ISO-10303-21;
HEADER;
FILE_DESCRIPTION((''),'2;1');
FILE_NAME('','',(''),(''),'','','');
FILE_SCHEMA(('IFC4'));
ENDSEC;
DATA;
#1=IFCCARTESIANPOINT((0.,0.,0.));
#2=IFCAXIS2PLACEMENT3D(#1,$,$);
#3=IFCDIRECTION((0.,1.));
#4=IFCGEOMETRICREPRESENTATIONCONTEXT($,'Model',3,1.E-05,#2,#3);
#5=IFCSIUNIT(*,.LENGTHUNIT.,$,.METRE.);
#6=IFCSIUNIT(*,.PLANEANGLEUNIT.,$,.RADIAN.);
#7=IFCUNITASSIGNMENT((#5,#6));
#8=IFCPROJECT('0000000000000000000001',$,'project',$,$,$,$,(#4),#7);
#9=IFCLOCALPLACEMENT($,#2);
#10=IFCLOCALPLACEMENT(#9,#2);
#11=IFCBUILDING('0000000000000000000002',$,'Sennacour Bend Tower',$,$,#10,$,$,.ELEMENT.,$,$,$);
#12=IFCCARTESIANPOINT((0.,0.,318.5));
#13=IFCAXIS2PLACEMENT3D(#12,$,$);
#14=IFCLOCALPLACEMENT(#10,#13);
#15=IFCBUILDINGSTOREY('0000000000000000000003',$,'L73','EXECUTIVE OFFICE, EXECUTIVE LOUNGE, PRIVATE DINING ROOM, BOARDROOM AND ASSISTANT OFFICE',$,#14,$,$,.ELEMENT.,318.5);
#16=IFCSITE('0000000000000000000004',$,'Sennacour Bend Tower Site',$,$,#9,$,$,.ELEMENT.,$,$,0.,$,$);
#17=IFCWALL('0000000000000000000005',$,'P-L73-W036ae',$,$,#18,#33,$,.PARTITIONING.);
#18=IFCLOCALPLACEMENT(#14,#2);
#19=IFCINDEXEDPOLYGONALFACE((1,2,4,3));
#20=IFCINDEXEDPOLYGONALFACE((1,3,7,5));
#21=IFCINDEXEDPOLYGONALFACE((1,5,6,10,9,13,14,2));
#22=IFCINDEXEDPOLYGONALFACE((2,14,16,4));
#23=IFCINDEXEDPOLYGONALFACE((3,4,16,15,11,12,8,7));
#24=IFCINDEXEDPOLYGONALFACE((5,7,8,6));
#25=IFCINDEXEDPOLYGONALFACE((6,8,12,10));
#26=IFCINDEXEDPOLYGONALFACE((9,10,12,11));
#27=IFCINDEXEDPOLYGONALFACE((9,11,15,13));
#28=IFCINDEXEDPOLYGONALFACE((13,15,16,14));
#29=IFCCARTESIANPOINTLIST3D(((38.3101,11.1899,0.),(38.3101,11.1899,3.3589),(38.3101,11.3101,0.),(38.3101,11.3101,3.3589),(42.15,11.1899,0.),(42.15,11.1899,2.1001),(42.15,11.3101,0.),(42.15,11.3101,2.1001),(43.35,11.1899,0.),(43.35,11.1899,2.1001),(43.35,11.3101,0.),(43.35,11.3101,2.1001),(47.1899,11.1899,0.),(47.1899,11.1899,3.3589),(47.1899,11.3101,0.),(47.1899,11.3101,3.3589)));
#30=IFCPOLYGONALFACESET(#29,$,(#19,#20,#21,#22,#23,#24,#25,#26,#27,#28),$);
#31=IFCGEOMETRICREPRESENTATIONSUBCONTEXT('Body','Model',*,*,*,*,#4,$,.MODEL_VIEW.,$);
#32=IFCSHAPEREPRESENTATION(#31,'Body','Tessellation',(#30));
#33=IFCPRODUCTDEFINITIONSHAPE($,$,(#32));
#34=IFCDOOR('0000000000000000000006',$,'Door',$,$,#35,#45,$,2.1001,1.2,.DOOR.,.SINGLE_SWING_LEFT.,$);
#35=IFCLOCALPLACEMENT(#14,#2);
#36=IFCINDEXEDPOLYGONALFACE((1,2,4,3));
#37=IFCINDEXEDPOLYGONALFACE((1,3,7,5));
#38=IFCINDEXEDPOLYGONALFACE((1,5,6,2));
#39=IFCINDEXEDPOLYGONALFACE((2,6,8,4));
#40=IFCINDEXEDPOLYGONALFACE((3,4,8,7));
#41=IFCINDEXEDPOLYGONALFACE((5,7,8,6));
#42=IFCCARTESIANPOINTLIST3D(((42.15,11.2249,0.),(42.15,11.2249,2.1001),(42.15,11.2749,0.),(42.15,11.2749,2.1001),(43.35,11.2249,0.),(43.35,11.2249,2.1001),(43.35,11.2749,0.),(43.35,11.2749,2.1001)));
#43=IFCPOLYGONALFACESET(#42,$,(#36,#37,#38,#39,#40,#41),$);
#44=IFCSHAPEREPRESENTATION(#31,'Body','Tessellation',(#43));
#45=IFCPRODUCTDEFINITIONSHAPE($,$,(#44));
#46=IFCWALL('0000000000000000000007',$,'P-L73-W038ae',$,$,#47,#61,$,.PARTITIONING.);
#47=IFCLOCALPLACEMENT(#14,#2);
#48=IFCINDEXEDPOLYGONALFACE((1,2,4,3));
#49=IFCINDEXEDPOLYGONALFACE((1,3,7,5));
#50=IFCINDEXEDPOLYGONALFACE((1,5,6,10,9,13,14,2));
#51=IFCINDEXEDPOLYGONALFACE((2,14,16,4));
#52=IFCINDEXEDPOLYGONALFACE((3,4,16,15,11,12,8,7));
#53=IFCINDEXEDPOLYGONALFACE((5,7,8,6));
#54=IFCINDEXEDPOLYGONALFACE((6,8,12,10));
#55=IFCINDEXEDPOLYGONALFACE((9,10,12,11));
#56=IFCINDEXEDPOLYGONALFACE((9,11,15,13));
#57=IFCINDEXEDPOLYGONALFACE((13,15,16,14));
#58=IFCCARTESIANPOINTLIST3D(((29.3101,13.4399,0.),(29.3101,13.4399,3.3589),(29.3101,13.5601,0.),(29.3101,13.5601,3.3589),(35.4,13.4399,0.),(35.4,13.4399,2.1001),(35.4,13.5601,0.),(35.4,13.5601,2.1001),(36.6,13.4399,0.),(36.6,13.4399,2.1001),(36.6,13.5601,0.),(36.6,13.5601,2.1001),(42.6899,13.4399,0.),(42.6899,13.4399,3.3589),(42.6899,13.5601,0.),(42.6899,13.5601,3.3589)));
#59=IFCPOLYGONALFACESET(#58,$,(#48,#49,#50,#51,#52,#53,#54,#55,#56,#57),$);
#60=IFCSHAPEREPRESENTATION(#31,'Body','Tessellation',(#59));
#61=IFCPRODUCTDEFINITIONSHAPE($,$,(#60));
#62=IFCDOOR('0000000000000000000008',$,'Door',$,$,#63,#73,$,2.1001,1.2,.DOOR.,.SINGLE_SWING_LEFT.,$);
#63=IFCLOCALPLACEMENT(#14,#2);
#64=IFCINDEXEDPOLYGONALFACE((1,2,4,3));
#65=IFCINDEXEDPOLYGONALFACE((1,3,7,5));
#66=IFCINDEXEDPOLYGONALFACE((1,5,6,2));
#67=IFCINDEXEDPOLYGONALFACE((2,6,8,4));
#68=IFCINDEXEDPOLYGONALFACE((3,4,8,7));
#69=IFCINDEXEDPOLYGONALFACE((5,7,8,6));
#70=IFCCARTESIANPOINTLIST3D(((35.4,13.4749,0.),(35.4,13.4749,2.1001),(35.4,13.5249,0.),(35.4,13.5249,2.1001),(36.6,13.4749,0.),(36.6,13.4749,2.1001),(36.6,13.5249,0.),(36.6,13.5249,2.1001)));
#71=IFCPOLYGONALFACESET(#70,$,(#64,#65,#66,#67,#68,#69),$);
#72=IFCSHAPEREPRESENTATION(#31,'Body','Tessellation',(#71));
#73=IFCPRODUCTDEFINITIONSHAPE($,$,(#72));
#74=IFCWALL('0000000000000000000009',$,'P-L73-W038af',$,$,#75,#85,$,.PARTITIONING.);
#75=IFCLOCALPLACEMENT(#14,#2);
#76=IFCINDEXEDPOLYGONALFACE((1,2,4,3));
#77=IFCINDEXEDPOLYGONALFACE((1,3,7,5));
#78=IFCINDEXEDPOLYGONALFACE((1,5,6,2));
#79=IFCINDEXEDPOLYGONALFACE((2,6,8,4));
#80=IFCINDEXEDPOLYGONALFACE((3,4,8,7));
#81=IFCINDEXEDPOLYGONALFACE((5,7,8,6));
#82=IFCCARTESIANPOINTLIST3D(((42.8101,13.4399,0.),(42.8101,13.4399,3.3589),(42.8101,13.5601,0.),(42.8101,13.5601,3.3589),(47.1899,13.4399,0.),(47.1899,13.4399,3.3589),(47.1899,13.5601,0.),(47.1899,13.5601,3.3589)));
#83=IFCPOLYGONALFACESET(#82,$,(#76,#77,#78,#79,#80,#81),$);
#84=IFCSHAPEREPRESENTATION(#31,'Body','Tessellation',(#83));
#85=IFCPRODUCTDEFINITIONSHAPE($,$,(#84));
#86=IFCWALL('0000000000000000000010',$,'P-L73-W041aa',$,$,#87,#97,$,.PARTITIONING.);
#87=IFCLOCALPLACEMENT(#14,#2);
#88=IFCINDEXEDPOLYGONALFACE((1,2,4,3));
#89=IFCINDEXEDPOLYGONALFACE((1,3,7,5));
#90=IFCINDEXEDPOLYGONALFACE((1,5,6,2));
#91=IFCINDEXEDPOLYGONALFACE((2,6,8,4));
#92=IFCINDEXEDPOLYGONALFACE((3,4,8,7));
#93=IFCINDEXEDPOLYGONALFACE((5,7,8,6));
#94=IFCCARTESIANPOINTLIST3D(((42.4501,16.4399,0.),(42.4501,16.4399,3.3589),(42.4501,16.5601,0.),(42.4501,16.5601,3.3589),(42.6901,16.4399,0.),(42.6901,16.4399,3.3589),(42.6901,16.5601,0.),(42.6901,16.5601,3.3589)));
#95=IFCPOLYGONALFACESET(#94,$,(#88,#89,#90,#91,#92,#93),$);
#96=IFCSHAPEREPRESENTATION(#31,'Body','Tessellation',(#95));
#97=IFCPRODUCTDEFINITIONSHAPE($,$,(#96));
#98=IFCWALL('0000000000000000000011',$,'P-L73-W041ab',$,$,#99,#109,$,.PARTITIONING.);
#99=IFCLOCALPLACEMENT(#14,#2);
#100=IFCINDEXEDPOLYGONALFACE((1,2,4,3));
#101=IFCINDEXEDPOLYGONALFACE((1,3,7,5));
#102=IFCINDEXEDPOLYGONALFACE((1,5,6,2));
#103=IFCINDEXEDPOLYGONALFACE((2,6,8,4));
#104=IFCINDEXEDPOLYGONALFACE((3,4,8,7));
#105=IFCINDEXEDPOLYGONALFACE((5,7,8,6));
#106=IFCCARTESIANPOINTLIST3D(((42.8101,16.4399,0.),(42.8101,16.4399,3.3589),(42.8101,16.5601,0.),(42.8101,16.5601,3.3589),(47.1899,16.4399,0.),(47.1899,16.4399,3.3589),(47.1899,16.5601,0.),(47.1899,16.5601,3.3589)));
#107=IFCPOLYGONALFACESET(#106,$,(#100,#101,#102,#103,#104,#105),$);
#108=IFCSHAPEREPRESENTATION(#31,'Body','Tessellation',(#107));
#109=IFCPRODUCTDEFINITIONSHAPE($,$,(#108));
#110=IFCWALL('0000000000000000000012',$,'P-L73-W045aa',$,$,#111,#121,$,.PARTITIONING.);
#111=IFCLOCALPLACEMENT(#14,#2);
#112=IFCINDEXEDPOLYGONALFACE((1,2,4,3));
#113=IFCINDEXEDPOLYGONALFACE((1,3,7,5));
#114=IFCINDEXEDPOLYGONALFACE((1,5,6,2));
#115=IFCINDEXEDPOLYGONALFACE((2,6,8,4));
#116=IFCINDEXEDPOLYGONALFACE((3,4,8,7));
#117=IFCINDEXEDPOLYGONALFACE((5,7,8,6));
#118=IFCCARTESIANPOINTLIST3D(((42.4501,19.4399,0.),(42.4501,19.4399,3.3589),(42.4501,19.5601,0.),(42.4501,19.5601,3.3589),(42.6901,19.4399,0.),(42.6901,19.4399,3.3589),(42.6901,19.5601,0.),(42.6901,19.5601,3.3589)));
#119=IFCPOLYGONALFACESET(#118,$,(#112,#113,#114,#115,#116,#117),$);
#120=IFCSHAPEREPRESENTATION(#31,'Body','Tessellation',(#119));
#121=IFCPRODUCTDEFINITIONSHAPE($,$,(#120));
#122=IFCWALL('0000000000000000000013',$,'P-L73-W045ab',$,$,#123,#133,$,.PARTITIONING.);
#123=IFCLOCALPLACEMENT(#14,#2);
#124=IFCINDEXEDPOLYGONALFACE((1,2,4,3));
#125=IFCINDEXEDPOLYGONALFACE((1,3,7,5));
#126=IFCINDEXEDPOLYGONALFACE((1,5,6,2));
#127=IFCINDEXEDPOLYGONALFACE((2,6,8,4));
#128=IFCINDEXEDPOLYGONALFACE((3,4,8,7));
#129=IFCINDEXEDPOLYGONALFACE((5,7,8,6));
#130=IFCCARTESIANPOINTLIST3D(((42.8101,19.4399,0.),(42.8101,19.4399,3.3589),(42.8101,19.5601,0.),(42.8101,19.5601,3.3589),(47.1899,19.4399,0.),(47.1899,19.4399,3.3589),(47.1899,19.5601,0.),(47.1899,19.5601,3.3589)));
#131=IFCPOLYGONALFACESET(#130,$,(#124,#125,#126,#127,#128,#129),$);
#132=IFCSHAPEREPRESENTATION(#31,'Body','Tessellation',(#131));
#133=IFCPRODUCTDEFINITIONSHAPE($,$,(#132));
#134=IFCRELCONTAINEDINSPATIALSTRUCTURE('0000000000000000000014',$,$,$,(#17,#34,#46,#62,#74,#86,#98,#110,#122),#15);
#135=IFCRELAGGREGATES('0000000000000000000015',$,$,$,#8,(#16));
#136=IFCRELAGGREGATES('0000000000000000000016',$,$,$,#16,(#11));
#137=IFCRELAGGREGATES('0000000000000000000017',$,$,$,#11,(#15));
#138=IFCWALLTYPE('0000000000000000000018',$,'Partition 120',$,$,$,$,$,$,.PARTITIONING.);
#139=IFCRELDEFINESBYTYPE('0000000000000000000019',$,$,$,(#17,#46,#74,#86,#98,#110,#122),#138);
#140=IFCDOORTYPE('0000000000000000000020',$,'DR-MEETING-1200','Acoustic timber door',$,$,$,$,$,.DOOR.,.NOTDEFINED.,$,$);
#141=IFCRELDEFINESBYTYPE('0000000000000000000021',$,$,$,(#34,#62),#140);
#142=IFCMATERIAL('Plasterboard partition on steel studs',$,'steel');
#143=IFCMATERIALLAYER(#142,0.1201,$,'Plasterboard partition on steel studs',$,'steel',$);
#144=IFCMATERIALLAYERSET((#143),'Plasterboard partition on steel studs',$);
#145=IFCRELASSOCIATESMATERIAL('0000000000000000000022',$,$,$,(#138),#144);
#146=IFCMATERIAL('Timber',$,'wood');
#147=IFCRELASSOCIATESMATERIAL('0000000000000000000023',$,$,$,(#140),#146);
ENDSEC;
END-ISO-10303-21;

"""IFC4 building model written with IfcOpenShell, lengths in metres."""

from ifc_helpers import new_model, si_unit, direction, frame, frame_2d, origin, place, context, subcontext, project, spatial, rectangle, extrude, material, layer, layer_set, type_object, element, fill, save


model = new_model("IFC4")

# Units and contexts
model_context = context("Model", 3, precision=1e-05, world=origin(), true_north=direction((0.0, 1.0)))
body_context = subcontext(model_context, "Body", "Model", "MODEL_VIEW")
ifc_project = project(units=[si_unit("LENGTHUNIT", "METRE"), si_unit("PLANEANGLEUNIT", "RADIAN")], contexts=[model_context])

# Site, building, storey
site_placement = place(None, origin())
site = spatial("IfcSite", under=ifc_project, at=site_placement, Name="Sennacour Bend Tower Site", CompositionType="ELEMENT", RefElevation=0.0)
building_placement = place(site_placement, origin())
building = spatial("IfcBuilding", under=site, at=building_placement, Name="Sennacour Bend Tower", CompositionType="ELEMENT")
storey_placement = place(building_placement, frame((0.0, 0.0, 318.5)))
storey = spatial("IfcBuildingStorey", under=building, at=storey_placement, Name="L73", Description="EXECUTIVE OFFICE, EXECUTIVE LOUNGE, PRIVATE DINING ROOM, BOARDROOM AND ASSISTANT OFFICE", CompositionType="ELEMENT", Elevation=318.5)

# Shared definitions
ifc_material_1 = material(Name="Plasterboard partition on steel studs", Category="steel")
ifc_layer_1 = layer(ifc_material_1, 0.1201, Name="Plasterboard partition on steel studs", Category="steel")
ifc_layer_set_1 = layer_set([ifc_layer_1], Name="Plasterboard partition on steel studs")
wall_type = type_object("IfcWallType", Name="Partition 120", PredefinedType="PARTITIONING", material=ifc_layer_set_1)

# Walls, openings, doors
ifc_material_2 = material(Name="Timber", Category="wood")
wall_1_placement = place(storey_placement, frame((38.3101, 11.25, 0.0), z_axis=(0.0, 0.0, 1.0), x_axis=(1.0, 0.0, 0.0)))
wall_1 = element("IfcWall", 1, at=wall_1_placement, inside=storey, type_object=wall_type, Name="P-L73-W036ae", PredefinedType="PARTITIONING", context=body_context, shape_type="SweptSolid", body=[
    extrude(rectangle(XDim=8.8799, YDim=0.1201, at=frame_2d((4.4399, 0.0))), origin(), (0.0, 0.0, 1.0), 3.3589),
])
opening_1_placement = place(wall_1_placement, frame((3.8398, 0.0, 0.0)))
opening_1 = element("IfcOpeningElement", 2, at=opening_1_placement, cuts=wall_1, PredefinedType="OPENING", context=body_context, shape_type="SweptSolid", body=[
    extrude(rectangle(XDim=1.2, YDim=2.1001, at=frame_2d((0.6001, 1.05))), frame((0.0, 0.0701, 0.0), z_axis=(0.0, -1.0, 0.0), x_axis=(1.0, 0.0, 0.0)), (0.0, 0.0, 1.0), 0.1401),
])
door_type_1 = type_object("IfcDoorType", Name="DR-MEETING-1200", Description="Acoustic timber door", OperationType="NOTDEFINED", PredefinedType="DOOR", material=ifc_material_2)
door_1_placement = place(opening_1_placement, origin())
door_1 = element("IfcDoor", 3, at=door_1_placement, inside=storey, type_object=door_type_1, Name="Door", OperationType="SINGLE_SWING_LEFT", OverallHeight=2.1001, OverallWidth=1.2, PredefinedType="DOOR", context=body_context, shape_type="SweptSolid", body=[
    extrude(rectangle(XDim=1.2, YDim=2.1001, at=frame_2d((0.6001, 1.05))), frame((0.0, 0.0249, 0.0), z_axis=(0.0, -1.0, 0.0), x_axis=(1.0, 0.0, 0.0)), (0.0, 0.0, 1.0), 0.05),
])
fill(opening_1, door_1)
wall_2_placement = place(storey_placement, frame((29.3101, 13.5, 0.0), z_axis=(0.0, 0.0, 1.0), x_axis=(1.0, 0.0, 0.0)))
wall_2 = element("IfcWall", 4, at=wall_2_placement, inside=storey, type_object=wall_type, Name="P-L73-W038ae", PredefinedType="PARTITIONING", context=body_context, shape_type="SweptSolid", body=[
    extrude(rectangle(XDim=13.3799, YDim=0.1201, at=frame_2d((6.6899, 0.0))), origin(), (0.0, 0.0, 1.0), 3.3589),
])
opening_2_placement = place(wall_2_placement, frame((6.0898, 0.0, 0.0)))
opening_2 = element("IfcOpeningElement", 5, at=opening_2_placement, cuts=wall_2, PredefinedType="OPENING", context=body_context, shape_type="SweptSolid", body=[
    extrude(rectangle(XDim=1.2, YDim=2.1001, at=frame_2d((0.6001, 1.05))), frame((0.0, 0.0701, 0.0), z_axis=(0.0, -1.0, 0.0), x_axis=(1.0, 0.0, 0.0)), (0.0, 0.0, 1.0), 0.1401),
])
door_2_placement = place(opening_2_placement, origin())
door_2 = element("IfcDoor", 6, at=door_2_placement, inside=storey, type_object=door_type_1, Name="Door", OperationType="SINGLE_SWING_LEFT", OverallHeight=2.1001, OverallWidth=1.2, PredefinedType="DOOR", context=body_context, shape_type="SweptSolid", body=[
    extrude(rectangle(XDim=1.2, YDim=2.1001, at=frame_2d((0.6001, 1.05))), frame((0.0, 0.0249, 0.0), z_axis=(0.0, -1.0, 0.0), x_axis=(1.0, 0.0, 0.0)), (0.0, 0.0, 1.0), 0.05),
])
fill(opening_2, door_2)

# Walls
wall_3_placement = place(storey_placement, frame((42.8101, 13.5, 0.0), z_axis=(0.0, 0.0, 1.0), x_axis=(1.0, 0.0, 0.0)))
element("IfcWall", 7, at=wall_3_placement, inside=storey, type_object=wall_type, Name="P-L73-W038af", PredefinedType="PARTITIONING", context=body_context, shape_type="SweptSolid", body=[
    extrude(rectangle(XDim=4.3799, YDim=0.1201, at=frame_2d((2.1899, 0.0))), origin(), (0.0, 0.0, 1.0), 3.3589),
])
wall_4_placement = place(storey_placement, frame((42.45, 16.5, 0.0), z_axis=(0.0, 0.0, 1.0), x_axis=(1.0, 0.0, 0.0)))
element("IfcWall", 8, at=wall_4_placement, inside=storey, type_object=wall_type, Name="P-L73-W041aa", PredefinedType="PARTITIONING", context=body_context, shape_type="SweptSolid", body=[
    extrude(rectangle(XDim=0.24, YDim=0.1201, at=frame_2d((0.1201, 0.0))), origin(), (0.0, 0.0, 1.0), 3.3589),
])
wall_5_placement = place(storey_placement, frame((42.8101, 16.5, 0.0), z_axis=(0.0, 0.0, 1.0), x_axis=(1.0, 0.0, 0.0)))
element("IfcWall", 9, at=wall_5_placement, inside=storey, type_object=wall_type, Name="P-L73-W041ab", PredefinedType="PARTITIONING", context=body_context, shape_type="SweptSolid", body=[
    extrude(rectangle(XDim=4.3799, YDim=0.1201, at=frame_2d((2.1899, 0.0))), origin(), (0.0, 0.0, 1.0), 3.3589),
])
wall_6_placement = place(storey_placement, frame((42.45, 19.5, 0.0), z_axis=(0.0, 0.0, 1.0), x_axis=(1.0, 0.0, 0.0)))
element("IfcWall", 10, at=wall_6_placement, inside=storey, type_object=wall_type, Name="P-L73-W045aa", PredefinedType="PARTITIONING", context=body_context, shape_type="SweptSolid", body=[
    extrude(rectangle(XDim=0.24, YDim=0.1201, at=frame_2d((0.1201, 0.0))), origin(), (0.0, 0.0, 1.0), 3.3589),
])
wall_7_placement = place(storey_placement, frame((42.8101, 19.5, 0.0), z_axis=(0.0, 0.0, 1.0), x_axis=(1.0, 0.0, 0.0)))
element("IfcWall", 11, at=wall_7_placement, inside=storey, type_object=wall_type, Name="P-L73-W045ab", PredefinedType="PARTITIONING", context=body_context, shape_type="SweptSolid", body=[
    extrude(rectangle(XDim=4.3799, YDim=0.1201, at=frame_2d((2.1899, 0.0))), origin(), (0.0, 0.0, 1.0), 3.3589),
])

save(model, "model.ifc")
